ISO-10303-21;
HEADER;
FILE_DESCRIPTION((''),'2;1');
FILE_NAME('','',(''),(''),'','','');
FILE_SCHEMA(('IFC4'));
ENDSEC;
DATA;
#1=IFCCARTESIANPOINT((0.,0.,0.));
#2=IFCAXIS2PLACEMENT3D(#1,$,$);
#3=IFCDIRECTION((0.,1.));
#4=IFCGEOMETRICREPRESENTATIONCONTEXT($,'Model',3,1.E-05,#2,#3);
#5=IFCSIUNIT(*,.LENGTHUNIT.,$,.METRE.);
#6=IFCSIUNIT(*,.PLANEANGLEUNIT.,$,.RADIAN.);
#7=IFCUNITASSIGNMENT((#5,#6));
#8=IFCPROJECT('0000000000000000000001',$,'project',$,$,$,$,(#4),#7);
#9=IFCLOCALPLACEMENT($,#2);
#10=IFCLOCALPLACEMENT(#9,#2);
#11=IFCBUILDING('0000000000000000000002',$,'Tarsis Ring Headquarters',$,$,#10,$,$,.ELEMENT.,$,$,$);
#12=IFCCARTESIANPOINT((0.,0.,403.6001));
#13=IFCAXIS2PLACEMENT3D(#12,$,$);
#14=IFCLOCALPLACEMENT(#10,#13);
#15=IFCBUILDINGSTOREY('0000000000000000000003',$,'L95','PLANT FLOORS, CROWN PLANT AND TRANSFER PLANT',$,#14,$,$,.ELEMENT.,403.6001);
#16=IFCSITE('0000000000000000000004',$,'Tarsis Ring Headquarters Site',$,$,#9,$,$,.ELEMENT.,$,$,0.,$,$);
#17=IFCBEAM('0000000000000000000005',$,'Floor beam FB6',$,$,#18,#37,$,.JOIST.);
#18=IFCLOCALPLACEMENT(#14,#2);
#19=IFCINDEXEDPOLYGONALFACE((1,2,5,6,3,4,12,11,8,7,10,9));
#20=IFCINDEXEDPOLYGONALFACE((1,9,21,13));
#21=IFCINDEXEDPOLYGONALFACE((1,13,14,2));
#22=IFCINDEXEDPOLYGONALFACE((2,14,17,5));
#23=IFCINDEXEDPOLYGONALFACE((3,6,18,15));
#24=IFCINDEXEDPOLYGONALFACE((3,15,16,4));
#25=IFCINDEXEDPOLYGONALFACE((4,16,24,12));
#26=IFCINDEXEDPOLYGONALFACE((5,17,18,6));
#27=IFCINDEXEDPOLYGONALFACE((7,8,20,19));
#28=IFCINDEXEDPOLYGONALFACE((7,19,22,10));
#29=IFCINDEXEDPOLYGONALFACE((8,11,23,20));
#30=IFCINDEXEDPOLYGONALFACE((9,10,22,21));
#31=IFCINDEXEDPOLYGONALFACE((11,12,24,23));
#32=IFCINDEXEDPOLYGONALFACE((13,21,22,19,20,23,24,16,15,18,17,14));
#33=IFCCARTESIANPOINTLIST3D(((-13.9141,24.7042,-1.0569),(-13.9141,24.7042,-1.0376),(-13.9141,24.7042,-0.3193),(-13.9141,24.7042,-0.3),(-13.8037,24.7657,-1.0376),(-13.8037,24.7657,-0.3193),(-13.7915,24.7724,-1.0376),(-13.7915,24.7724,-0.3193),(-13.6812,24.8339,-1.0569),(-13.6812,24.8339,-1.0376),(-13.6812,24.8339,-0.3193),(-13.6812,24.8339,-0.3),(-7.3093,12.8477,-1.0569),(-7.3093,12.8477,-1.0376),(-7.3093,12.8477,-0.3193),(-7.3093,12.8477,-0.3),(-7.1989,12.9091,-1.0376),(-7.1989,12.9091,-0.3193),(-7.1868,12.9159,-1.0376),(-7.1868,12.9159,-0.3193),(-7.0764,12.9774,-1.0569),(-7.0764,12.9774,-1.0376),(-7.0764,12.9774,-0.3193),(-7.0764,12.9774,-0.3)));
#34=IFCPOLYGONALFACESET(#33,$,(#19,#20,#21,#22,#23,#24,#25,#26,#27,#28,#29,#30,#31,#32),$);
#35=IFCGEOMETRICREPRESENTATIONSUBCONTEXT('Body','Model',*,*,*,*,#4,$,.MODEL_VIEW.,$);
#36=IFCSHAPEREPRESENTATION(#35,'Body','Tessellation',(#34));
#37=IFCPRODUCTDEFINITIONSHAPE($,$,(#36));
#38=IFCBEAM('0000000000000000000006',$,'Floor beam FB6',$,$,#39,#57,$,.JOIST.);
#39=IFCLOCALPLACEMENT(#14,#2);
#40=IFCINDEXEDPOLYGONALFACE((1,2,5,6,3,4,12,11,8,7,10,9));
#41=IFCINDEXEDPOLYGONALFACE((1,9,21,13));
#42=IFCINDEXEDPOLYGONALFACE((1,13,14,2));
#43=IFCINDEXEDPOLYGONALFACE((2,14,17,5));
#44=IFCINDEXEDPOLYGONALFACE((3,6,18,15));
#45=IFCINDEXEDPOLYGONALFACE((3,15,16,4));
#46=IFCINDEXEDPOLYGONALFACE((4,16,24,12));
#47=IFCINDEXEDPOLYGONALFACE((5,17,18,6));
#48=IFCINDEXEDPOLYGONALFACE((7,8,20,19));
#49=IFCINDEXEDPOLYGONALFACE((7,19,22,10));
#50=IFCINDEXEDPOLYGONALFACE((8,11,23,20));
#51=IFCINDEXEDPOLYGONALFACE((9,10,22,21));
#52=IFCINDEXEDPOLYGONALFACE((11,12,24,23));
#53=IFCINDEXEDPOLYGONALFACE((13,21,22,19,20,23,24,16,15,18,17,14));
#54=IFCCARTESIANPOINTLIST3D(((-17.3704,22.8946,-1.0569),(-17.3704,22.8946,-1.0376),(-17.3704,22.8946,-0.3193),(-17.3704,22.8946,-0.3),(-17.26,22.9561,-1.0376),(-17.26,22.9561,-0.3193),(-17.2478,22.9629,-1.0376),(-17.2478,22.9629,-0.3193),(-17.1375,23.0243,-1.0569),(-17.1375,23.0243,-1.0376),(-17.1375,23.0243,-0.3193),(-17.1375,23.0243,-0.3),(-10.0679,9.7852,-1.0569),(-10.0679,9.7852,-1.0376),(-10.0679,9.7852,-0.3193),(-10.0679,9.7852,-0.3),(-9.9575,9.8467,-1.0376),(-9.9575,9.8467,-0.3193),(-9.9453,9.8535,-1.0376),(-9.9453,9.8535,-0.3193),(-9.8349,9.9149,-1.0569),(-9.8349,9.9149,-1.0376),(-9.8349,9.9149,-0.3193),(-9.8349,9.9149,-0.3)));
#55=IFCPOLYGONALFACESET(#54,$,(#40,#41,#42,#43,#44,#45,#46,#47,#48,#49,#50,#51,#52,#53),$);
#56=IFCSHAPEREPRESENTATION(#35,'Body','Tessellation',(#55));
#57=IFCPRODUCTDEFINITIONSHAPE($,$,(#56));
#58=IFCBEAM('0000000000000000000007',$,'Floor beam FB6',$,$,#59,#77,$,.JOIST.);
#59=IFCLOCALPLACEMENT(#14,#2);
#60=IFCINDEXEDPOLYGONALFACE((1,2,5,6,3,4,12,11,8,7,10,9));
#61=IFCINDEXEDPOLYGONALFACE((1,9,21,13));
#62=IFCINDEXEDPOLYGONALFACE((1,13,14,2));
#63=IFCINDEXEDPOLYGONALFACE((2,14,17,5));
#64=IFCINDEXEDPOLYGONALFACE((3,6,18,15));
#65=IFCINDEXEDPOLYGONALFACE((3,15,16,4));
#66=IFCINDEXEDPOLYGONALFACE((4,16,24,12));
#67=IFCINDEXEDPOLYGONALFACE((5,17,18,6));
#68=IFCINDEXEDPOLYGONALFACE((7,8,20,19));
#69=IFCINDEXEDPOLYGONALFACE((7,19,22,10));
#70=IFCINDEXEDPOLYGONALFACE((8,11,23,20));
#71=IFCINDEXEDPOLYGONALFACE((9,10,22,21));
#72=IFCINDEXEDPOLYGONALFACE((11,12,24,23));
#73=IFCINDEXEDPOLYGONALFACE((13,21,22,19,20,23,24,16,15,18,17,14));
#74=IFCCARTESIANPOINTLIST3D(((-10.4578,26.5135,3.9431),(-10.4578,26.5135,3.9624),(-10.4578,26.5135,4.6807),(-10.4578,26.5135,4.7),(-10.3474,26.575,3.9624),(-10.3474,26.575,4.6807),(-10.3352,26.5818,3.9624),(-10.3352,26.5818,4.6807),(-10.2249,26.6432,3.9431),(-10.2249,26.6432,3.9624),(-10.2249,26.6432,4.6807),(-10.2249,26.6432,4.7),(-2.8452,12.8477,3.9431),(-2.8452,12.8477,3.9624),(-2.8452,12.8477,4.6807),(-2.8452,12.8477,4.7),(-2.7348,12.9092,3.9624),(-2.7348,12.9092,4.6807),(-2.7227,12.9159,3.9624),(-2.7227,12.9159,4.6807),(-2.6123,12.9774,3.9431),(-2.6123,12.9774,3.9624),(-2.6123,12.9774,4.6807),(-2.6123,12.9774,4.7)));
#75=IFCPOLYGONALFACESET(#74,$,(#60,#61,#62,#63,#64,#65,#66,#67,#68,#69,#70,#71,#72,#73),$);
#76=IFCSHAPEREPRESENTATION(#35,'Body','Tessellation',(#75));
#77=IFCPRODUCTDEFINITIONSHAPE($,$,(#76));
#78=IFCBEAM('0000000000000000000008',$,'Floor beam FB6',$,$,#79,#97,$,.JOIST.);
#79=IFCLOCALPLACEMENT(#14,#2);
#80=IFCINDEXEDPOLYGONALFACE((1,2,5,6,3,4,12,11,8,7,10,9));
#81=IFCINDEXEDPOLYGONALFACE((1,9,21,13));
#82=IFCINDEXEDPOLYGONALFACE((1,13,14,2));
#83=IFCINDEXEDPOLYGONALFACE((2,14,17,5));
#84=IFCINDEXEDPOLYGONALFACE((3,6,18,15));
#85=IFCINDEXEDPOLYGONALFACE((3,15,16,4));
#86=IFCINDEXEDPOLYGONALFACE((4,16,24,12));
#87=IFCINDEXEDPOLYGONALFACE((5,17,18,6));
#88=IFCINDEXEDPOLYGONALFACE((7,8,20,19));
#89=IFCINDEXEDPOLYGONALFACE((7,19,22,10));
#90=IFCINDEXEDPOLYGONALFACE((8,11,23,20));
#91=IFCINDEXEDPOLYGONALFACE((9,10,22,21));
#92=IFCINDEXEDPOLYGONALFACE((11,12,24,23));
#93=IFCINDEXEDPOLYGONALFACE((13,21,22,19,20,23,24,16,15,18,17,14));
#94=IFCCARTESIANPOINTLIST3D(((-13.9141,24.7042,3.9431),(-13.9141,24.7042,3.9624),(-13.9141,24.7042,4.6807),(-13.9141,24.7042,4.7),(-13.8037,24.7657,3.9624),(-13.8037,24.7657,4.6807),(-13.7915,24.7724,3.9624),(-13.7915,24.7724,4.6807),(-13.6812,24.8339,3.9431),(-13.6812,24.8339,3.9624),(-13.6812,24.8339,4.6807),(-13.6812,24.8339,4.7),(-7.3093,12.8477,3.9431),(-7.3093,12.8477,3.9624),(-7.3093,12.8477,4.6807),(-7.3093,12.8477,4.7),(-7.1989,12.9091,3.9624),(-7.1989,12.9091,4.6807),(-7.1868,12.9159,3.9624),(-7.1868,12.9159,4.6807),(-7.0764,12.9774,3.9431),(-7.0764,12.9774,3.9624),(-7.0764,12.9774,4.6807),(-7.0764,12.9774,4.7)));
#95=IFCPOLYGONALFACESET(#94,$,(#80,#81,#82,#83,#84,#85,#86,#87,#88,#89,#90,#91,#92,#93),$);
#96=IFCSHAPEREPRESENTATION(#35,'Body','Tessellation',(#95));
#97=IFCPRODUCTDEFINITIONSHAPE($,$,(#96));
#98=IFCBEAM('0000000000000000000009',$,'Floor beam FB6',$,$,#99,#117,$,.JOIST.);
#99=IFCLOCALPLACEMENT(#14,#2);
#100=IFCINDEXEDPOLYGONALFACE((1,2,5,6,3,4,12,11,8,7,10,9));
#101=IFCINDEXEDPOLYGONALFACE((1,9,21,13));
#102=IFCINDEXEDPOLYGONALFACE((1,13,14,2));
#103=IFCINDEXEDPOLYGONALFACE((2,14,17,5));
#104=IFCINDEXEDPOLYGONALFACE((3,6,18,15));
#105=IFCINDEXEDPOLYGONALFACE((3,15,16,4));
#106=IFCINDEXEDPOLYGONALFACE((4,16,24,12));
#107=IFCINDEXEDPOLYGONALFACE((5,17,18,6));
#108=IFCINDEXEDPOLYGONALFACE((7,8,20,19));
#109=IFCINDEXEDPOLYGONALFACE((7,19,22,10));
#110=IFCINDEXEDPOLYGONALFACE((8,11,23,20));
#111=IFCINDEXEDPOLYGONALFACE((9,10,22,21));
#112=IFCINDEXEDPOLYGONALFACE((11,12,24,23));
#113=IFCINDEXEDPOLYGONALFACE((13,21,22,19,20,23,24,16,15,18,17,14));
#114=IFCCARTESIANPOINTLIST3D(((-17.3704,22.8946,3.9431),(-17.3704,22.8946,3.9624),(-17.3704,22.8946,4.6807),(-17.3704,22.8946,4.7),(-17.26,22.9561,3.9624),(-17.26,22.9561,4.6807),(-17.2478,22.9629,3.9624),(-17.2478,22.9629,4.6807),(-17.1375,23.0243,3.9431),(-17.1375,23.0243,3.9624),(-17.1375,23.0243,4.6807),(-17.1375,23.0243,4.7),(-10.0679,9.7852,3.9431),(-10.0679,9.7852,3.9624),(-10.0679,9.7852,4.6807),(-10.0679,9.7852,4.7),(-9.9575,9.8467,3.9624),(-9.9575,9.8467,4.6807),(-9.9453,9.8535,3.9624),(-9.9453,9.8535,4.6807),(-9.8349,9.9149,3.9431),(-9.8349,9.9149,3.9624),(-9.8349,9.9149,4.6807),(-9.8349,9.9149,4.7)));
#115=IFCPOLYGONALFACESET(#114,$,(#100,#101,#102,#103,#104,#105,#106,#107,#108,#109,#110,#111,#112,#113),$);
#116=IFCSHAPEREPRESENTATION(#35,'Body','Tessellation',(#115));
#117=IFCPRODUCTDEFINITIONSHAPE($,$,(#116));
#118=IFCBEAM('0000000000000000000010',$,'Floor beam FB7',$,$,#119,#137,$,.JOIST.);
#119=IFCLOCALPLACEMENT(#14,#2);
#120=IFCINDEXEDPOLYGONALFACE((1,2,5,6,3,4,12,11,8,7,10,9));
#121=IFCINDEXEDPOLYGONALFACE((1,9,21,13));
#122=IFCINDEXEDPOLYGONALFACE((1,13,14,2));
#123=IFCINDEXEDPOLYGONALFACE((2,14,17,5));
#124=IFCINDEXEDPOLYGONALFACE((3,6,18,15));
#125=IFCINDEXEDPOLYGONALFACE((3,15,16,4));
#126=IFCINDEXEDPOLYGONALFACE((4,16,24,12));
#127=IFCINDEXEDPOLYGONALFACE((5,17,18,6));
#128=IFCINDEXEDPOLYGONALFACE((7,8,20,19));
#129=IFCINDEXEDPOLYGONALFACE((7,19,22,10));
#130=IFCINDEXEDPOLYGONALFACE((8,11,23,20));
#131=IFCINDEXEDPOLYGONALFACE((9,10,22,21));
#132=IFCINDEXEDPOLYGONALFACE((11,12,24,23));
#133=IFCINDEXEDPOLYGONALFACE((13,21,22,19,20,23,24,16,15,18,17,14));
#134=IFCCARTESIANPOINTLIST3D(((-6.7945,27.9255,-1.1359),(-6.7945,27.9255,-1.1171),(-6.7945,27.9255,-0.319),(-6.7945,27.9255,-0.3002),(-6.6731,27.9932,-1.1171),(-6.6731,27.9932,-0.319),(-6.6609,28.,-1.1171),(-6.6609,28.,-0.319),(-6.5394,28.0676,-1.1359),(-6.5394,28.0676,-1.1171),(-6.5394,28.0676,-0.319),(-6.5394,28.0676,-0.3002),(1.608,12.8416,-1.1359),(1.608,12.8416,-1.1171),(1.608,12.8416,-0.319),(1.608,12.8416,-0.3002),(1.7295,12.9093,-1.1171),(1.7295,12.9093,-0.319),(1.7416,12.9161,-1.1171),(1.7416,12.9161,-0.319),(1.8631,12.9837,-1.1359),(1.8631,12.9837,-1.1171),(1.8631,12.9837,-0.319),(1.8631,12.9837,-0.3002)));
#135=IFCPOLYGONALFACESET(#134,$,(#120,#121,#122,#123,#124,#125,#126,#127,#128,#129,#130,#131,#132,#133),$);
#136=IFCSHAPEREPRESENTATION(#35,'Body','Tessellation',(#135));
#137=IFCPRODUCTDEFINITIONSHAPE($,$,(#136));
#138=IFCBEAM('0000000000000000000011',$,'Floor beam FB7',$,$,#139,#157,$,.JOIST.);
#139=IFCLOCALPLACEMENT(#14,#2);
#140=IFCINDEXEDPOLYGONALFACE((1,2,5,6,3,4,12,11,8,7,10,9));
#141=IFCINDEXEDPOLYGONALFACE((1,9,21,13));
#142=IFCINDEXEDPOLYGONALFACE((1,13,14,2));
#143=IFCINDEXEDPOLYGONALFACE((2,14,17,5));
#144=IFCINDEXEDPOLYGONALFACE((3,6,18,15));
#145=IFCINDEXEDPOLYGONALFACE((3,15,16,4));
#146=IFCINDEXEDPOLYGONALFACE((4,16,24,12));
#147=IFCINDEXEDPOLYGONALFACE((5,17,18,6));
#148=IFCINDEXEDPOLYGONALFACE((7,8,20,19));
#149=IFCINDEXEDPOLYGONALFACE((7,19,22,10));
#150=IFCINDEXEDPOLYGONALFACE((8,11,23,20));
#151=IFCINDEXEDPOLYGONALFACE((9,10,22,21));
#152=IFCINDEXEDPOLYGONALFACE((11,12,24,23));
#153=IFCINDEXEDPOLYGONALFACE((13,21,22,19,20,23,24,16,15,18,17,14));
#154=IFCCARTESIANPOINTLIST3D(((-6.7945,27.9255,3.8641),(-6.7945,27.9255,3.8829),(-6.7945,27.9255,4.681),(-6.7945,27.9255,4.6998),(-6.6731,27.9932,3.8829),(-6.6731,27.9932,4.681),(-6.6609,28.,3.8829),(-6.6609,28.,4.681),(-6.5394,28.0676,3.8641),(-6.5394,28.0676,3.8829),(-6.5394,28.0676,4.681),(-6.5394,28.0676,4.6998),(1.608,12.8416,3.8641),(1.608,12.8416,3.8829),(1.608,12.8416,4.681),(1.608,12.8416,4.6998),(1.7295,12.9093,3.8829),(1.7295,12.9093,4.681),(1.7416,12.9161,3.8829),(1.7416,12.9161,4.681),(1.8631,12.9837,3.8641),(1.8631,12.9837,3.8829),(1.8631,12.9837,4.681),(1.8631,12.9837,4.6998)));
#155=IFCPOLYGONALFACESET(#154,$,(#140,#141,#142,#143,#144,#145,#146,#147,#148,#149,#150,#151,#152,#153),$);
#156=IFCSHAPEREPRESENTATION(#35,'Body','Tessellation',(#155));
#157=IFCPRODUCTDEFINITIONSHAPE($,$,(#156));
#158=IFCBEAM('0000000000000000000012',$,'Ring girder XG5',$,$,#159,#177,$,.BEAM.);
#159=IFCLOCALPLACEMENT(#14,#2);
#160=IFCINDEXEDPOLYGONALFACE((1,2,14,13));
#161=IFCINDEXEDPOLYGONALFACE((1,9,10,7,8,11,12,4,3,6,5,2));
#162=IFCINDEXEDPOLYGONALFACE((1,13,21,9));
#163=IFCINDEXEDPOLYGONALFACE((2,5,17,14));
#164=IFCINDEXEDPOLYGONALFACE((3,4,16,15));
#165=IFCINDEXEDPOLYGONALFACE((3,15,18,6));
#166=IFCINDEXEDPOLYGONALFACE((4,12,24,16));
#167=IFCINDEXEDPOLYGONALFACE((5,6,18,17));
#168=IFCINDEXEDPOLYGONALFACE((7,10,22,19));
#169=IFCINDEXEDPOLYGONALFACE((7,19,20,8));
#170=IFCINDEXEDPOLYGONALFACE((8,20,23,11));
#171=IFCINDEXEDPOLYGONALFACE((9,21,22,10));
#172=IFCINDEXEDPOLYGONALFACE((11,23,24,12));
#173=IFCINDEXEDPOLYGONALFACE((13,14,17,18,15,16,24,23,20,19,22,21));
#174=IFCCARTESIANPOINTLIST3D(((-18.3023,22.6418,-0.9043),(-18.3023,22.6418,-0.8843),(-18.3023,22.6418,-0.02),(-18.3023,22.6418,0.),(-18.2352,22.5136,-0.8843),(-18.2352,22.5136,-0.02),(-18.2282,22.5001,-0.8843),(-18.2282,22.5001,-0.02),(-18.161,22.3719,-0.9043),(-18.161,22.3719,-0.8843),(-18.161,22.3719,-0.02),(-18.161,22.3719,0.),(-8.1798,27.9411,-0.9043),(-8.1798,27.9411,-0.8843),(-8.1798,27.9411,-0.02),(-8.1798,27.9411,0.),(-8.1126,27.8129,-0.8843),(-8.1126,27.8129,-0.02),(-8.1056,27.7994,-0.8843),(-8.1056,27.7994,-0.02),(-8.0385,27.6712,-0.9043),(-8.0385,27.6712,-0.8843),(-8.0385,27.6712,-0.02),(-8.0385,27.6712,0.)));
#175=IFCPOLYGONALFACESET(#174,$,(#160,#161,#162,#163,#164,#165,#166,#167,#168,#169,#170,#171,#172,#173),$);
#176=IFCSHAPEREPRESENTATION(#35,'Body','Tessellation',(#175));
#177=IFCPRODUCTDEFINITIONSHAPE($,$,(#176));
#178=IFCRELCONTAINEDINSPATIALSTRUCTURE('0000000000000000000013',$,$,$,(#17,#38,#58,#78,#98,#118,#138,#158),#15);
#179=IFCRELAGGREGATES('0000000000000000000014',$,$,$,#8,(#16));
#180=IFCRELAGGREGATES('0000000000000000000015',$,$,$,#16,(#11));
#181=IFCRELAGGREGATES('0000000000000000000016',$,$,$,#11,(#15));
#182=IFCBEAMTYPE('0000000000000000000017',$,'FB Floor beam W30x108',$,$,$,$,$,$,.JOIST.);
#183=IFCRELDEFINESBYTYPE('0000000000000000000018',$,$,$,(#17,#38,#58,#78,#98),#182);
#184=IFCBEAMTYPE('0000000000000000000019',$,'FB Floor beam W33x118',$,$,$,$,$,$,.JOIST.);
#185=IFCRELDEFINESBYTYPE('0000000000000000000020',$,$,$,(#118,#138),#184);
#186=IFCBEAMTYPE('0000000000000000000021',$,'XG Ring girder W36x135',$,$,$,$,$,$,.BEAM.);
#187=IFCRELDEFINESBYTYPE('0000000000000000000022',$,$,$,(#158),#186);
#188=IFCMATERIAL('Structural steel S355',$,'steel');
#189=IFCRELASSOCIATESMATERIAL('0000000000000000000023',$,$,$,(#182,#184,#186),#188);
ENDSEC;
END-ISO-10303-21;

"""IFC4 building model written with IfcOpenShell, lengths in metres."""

from ifc_helpers import new_model, si_unit, direction, frame, origin, origin_2d, place, context, subcontext, project, spatial, i_section, extrude, material, material_profile, profile_set, type_object, element, save


model = new_model("IFC4")

# Units and contexts
model_context = context("Model", 3, precision=1e-05, world=origin(), true_north=direction((0.0, 1.0)))
body_context = subcontext(model_context, "Body", "Model", "MODEL_VIEW")
ifc_project = project(units=[si_unit("LENGTHUNIT", "METRE"), si_unit("PLANEANGLEUNIT", "RADIAN")], contexts=[model_context])

# Site, building, storey
site_placement = place(None, origin())
site = spatial("IfcSite", under=ifc_project, at=site_placement, Name="Tarsis Ring Headquarters Site", CompositionType="ELEMENT", RefElevation=0.0)
building_placement = place(site_placement, origin())
building = spatial("IfcBuilding", under=site, at=building_placement, Name="Tarsis Ring Headquarters", CompositionType="ELEMENT")
storey_placement = place(building_placement, frame((0.0, 0.0, 403.6001)))
storey = spatial("IfcBuildingStorey", under=building, at=storey_placement, Name="L95", Description="PLANT FLOORS, CROWN PLANT AND TRANSFER PLANT", CompositionType="ELEMENT", Elevation=403.6001)

# Shared definitions
ifc_material_1 = material(Name="Structural steel S355", Category="steel")

# Beams
ifc_material_profile_1 = material_profile(ifc_material_1, i_section(OverallWidth=0.2666, OverallDepth=0.7568, WebThickness=0.0139, FlangeThickness=0.0193, at=origin_2d()), Name="W30x108")
ifc_profile_set_1 = profile_set([ifc_material_profile_1], Name="Structural steel S355")
beam_type_1 = type_object("IfcBeamType", Name="FB Floor beam W30x108", PredefinedType="JOIST", material=ifc_profile_set_1)
beam_1_placement = place(storey_placement, frame((-13.7976, 24.769, -0.6785), z_axis=(0.486646, -0.873599, 0.0), x_axis=(0.873599, 0.486646, 0.0)))
element("IfcBeam", 1, at=beam_1_placement, inside=storey, type_object=beam_type_1, Name="Floor beam FB6", PredefinedType="JOIST", context=body_context, shape_type="SweptSolid", body=[
    extrude(i_section(OverallWidth=0.2666, OverallDepth=0.7568, WebThickness=0.0139, FlangeThickness=0.0193, at=origin_2d()), origin(), (0.0, 0.0, 1.0), 13.572),
])
beam_2_placement = place(storey_placement, frame((-17.2539, 22.9595, -0.6785), z_axis=(0.486636, -0.873605, 0.0), x_axis=(0.873605, 0.486636, 0.0)))
element("IfcBeam", 2, at=beam_2_placement, inside=storey, type_object=beam_type_1, Name="Floor beam FB6", PredefinedType="JOIST", context=body_context, shape_type="SweptSolid", body=[
    extrude(i_section(OverallWidth=0.2666, OverallDepth=0.7568, WebThickness=0.0139, FlangeThickness=0.0193, at=origin_2d()), origin(), (0.0, 0.0, 1.0), 15.0061),
])
beam_3_placement = place(storey_placement, frame((-10.3413, 26.5784, 4.3215), z_axis=(0.486642, -0.873602, 0.0), x_axis=(0.873602, 0.486642, 0.0)))
element("IfcBeam", 3, at=beam_3_placement, inside=storey, type_object=beam_type_1, Name="Floor beam FB6", PredefinedType="JOIST", context=body_context, shape_type="SweptSolid", body=[
    extrude(i_section(OverallWidth=0.2666, OverallDepth=0.7568, WebThickness=0.0139, FlangeThickness=0.0193, at=origin_2d()), origin(), (0.0, 0.0, 1.0), 15.6431),
])
beam_4_placement = place(storey_placement, frame((-13.7976, 24.769, 4.3215), z_axis=(0.486646, -0.873599, 0.0), x_axis=(0.873599, 0.486646, 0.0)))
element("IfcBeam", 4, at=beam_4_placement, inside=storey, type_object=beam_type_1, Name="Floor beam FB6", PredefinedType="JOIST", context=body_context, shape_type="SweptSolid", body=[
    extrude(i_section(OverallWidth=0.2666, OverallDepth=0.7568, WebThickness=0.0139, FlangeThickness=0.0193, at=origin_2d()), origin(), (0.0, 0.0, 1.0), 13.572),
])
beam_5_placement = place(storey_placement, frame((-17.2539, 22.9595, 4.3215), z_axis=(0.486636, -0.873605, 0.0), x_axis=(0.873605, 0.486636, 0.0)))
element("IfcBeam", 5, at=beam_5_placement, inside=storey, type_object=beam_type_1, Name="Floor beam FB6", PredefinedType="JOIST", context=body_context, shape_type="SweptSolid", body=[
    extrude(i_section(OverallWidth=0.2666, OverallDepth=0.7568, WebThickness=0.0139, FlangeThickness=0.0193, at=origin_2d()), origin(), (0.0, 0.0, 1.0), 15.0061),
])
ifc_material_profile_2 = material_profile(ifc_material_1, i_section(OverallWidth=0.292, OverallDepth=0.8357, WebThickness=0.0139, FlangeThickness=0.0188, at=origin_2d()), Name="W33x118")
ifc_profile_set_2 = profile_set([ifc_material_profile_2], Name="Structural steel S355")
beam_type_2 = type_object("IfcBeamType", Name="FB Floor beam W33x118", PredefinedType="JOIST", material=ifc_profile_set_2)
for number, where, z_axis, x_axis, name in (
    (6, (-6.667, 27.9966, -0.718), (0.486643, -0.873601, 0.0), (0.873601, 0.486643, 0.0), "Floor beam FB7"),
    (7, (-6.667, 27.9966, 4.282), (0.486643, -0.873601, 0.0), (0.873601, 0.486643, 0.0), "Floor beam FB7"),
):
    element("IfcBeam", number, at=place(storey_placement, frame(where, z_axis=z_axis, x_axis=x_axis)), inside=storey, type_object=beam_type_2, Name=name, PredefinedType="JOIST", context=body_context, shape_type="SweptSolid", body=[
        extrude(i_section(OverallWidth=0.292, OverallDepth=0.8357, WebThickness=0.0139, FlangeThickness=0.0188, at=origin_2d()), origin(), (0.0, 0.0, 1.0), 17.2664),
    ])
ifc_material_profile_3 = material_profile(ifc_material_1, i_section(OverallWidth=0.3047, OverallDepth=0.9043, WebThickness=0.0151, FlangeThickness=0.02, at=origin_2d()), Name="W36x135")
ifc_profile_set_3 = profile_set([ifc_material_profile_3], Name="Structural steel S355")
beam_type_3 = type_object("IfcBeamType", Name="XG Ring girder W36x135", PredefinedType="BEAM", material=ifc_profile_set_3)
beam_6_placement = place(storey_placement, frame((-8.1091, 27.8062, -0.4521), z_axis=(-0.885939, -0.463803, 0.0), x_axis=(0.463803, -0.885939, 0.0)))
element("IfcBeam", 8, at=beam_6_placement, inside=storey, type_object=beam_type_3, Name="Ring girder XG5", PredefinedType="BEAM", context=body_context, shape_type="SweptSolid", body=[
    extrude(i_section(OverallWidth=0.3047, OverallDepth=0.9043, WebThickness=0.0151, FlangeThickness=0.02, at=origin_2d()), origin(), (0.0, 0.0, 1.0), 11.4258),
])

save(model, "model.ifc")
